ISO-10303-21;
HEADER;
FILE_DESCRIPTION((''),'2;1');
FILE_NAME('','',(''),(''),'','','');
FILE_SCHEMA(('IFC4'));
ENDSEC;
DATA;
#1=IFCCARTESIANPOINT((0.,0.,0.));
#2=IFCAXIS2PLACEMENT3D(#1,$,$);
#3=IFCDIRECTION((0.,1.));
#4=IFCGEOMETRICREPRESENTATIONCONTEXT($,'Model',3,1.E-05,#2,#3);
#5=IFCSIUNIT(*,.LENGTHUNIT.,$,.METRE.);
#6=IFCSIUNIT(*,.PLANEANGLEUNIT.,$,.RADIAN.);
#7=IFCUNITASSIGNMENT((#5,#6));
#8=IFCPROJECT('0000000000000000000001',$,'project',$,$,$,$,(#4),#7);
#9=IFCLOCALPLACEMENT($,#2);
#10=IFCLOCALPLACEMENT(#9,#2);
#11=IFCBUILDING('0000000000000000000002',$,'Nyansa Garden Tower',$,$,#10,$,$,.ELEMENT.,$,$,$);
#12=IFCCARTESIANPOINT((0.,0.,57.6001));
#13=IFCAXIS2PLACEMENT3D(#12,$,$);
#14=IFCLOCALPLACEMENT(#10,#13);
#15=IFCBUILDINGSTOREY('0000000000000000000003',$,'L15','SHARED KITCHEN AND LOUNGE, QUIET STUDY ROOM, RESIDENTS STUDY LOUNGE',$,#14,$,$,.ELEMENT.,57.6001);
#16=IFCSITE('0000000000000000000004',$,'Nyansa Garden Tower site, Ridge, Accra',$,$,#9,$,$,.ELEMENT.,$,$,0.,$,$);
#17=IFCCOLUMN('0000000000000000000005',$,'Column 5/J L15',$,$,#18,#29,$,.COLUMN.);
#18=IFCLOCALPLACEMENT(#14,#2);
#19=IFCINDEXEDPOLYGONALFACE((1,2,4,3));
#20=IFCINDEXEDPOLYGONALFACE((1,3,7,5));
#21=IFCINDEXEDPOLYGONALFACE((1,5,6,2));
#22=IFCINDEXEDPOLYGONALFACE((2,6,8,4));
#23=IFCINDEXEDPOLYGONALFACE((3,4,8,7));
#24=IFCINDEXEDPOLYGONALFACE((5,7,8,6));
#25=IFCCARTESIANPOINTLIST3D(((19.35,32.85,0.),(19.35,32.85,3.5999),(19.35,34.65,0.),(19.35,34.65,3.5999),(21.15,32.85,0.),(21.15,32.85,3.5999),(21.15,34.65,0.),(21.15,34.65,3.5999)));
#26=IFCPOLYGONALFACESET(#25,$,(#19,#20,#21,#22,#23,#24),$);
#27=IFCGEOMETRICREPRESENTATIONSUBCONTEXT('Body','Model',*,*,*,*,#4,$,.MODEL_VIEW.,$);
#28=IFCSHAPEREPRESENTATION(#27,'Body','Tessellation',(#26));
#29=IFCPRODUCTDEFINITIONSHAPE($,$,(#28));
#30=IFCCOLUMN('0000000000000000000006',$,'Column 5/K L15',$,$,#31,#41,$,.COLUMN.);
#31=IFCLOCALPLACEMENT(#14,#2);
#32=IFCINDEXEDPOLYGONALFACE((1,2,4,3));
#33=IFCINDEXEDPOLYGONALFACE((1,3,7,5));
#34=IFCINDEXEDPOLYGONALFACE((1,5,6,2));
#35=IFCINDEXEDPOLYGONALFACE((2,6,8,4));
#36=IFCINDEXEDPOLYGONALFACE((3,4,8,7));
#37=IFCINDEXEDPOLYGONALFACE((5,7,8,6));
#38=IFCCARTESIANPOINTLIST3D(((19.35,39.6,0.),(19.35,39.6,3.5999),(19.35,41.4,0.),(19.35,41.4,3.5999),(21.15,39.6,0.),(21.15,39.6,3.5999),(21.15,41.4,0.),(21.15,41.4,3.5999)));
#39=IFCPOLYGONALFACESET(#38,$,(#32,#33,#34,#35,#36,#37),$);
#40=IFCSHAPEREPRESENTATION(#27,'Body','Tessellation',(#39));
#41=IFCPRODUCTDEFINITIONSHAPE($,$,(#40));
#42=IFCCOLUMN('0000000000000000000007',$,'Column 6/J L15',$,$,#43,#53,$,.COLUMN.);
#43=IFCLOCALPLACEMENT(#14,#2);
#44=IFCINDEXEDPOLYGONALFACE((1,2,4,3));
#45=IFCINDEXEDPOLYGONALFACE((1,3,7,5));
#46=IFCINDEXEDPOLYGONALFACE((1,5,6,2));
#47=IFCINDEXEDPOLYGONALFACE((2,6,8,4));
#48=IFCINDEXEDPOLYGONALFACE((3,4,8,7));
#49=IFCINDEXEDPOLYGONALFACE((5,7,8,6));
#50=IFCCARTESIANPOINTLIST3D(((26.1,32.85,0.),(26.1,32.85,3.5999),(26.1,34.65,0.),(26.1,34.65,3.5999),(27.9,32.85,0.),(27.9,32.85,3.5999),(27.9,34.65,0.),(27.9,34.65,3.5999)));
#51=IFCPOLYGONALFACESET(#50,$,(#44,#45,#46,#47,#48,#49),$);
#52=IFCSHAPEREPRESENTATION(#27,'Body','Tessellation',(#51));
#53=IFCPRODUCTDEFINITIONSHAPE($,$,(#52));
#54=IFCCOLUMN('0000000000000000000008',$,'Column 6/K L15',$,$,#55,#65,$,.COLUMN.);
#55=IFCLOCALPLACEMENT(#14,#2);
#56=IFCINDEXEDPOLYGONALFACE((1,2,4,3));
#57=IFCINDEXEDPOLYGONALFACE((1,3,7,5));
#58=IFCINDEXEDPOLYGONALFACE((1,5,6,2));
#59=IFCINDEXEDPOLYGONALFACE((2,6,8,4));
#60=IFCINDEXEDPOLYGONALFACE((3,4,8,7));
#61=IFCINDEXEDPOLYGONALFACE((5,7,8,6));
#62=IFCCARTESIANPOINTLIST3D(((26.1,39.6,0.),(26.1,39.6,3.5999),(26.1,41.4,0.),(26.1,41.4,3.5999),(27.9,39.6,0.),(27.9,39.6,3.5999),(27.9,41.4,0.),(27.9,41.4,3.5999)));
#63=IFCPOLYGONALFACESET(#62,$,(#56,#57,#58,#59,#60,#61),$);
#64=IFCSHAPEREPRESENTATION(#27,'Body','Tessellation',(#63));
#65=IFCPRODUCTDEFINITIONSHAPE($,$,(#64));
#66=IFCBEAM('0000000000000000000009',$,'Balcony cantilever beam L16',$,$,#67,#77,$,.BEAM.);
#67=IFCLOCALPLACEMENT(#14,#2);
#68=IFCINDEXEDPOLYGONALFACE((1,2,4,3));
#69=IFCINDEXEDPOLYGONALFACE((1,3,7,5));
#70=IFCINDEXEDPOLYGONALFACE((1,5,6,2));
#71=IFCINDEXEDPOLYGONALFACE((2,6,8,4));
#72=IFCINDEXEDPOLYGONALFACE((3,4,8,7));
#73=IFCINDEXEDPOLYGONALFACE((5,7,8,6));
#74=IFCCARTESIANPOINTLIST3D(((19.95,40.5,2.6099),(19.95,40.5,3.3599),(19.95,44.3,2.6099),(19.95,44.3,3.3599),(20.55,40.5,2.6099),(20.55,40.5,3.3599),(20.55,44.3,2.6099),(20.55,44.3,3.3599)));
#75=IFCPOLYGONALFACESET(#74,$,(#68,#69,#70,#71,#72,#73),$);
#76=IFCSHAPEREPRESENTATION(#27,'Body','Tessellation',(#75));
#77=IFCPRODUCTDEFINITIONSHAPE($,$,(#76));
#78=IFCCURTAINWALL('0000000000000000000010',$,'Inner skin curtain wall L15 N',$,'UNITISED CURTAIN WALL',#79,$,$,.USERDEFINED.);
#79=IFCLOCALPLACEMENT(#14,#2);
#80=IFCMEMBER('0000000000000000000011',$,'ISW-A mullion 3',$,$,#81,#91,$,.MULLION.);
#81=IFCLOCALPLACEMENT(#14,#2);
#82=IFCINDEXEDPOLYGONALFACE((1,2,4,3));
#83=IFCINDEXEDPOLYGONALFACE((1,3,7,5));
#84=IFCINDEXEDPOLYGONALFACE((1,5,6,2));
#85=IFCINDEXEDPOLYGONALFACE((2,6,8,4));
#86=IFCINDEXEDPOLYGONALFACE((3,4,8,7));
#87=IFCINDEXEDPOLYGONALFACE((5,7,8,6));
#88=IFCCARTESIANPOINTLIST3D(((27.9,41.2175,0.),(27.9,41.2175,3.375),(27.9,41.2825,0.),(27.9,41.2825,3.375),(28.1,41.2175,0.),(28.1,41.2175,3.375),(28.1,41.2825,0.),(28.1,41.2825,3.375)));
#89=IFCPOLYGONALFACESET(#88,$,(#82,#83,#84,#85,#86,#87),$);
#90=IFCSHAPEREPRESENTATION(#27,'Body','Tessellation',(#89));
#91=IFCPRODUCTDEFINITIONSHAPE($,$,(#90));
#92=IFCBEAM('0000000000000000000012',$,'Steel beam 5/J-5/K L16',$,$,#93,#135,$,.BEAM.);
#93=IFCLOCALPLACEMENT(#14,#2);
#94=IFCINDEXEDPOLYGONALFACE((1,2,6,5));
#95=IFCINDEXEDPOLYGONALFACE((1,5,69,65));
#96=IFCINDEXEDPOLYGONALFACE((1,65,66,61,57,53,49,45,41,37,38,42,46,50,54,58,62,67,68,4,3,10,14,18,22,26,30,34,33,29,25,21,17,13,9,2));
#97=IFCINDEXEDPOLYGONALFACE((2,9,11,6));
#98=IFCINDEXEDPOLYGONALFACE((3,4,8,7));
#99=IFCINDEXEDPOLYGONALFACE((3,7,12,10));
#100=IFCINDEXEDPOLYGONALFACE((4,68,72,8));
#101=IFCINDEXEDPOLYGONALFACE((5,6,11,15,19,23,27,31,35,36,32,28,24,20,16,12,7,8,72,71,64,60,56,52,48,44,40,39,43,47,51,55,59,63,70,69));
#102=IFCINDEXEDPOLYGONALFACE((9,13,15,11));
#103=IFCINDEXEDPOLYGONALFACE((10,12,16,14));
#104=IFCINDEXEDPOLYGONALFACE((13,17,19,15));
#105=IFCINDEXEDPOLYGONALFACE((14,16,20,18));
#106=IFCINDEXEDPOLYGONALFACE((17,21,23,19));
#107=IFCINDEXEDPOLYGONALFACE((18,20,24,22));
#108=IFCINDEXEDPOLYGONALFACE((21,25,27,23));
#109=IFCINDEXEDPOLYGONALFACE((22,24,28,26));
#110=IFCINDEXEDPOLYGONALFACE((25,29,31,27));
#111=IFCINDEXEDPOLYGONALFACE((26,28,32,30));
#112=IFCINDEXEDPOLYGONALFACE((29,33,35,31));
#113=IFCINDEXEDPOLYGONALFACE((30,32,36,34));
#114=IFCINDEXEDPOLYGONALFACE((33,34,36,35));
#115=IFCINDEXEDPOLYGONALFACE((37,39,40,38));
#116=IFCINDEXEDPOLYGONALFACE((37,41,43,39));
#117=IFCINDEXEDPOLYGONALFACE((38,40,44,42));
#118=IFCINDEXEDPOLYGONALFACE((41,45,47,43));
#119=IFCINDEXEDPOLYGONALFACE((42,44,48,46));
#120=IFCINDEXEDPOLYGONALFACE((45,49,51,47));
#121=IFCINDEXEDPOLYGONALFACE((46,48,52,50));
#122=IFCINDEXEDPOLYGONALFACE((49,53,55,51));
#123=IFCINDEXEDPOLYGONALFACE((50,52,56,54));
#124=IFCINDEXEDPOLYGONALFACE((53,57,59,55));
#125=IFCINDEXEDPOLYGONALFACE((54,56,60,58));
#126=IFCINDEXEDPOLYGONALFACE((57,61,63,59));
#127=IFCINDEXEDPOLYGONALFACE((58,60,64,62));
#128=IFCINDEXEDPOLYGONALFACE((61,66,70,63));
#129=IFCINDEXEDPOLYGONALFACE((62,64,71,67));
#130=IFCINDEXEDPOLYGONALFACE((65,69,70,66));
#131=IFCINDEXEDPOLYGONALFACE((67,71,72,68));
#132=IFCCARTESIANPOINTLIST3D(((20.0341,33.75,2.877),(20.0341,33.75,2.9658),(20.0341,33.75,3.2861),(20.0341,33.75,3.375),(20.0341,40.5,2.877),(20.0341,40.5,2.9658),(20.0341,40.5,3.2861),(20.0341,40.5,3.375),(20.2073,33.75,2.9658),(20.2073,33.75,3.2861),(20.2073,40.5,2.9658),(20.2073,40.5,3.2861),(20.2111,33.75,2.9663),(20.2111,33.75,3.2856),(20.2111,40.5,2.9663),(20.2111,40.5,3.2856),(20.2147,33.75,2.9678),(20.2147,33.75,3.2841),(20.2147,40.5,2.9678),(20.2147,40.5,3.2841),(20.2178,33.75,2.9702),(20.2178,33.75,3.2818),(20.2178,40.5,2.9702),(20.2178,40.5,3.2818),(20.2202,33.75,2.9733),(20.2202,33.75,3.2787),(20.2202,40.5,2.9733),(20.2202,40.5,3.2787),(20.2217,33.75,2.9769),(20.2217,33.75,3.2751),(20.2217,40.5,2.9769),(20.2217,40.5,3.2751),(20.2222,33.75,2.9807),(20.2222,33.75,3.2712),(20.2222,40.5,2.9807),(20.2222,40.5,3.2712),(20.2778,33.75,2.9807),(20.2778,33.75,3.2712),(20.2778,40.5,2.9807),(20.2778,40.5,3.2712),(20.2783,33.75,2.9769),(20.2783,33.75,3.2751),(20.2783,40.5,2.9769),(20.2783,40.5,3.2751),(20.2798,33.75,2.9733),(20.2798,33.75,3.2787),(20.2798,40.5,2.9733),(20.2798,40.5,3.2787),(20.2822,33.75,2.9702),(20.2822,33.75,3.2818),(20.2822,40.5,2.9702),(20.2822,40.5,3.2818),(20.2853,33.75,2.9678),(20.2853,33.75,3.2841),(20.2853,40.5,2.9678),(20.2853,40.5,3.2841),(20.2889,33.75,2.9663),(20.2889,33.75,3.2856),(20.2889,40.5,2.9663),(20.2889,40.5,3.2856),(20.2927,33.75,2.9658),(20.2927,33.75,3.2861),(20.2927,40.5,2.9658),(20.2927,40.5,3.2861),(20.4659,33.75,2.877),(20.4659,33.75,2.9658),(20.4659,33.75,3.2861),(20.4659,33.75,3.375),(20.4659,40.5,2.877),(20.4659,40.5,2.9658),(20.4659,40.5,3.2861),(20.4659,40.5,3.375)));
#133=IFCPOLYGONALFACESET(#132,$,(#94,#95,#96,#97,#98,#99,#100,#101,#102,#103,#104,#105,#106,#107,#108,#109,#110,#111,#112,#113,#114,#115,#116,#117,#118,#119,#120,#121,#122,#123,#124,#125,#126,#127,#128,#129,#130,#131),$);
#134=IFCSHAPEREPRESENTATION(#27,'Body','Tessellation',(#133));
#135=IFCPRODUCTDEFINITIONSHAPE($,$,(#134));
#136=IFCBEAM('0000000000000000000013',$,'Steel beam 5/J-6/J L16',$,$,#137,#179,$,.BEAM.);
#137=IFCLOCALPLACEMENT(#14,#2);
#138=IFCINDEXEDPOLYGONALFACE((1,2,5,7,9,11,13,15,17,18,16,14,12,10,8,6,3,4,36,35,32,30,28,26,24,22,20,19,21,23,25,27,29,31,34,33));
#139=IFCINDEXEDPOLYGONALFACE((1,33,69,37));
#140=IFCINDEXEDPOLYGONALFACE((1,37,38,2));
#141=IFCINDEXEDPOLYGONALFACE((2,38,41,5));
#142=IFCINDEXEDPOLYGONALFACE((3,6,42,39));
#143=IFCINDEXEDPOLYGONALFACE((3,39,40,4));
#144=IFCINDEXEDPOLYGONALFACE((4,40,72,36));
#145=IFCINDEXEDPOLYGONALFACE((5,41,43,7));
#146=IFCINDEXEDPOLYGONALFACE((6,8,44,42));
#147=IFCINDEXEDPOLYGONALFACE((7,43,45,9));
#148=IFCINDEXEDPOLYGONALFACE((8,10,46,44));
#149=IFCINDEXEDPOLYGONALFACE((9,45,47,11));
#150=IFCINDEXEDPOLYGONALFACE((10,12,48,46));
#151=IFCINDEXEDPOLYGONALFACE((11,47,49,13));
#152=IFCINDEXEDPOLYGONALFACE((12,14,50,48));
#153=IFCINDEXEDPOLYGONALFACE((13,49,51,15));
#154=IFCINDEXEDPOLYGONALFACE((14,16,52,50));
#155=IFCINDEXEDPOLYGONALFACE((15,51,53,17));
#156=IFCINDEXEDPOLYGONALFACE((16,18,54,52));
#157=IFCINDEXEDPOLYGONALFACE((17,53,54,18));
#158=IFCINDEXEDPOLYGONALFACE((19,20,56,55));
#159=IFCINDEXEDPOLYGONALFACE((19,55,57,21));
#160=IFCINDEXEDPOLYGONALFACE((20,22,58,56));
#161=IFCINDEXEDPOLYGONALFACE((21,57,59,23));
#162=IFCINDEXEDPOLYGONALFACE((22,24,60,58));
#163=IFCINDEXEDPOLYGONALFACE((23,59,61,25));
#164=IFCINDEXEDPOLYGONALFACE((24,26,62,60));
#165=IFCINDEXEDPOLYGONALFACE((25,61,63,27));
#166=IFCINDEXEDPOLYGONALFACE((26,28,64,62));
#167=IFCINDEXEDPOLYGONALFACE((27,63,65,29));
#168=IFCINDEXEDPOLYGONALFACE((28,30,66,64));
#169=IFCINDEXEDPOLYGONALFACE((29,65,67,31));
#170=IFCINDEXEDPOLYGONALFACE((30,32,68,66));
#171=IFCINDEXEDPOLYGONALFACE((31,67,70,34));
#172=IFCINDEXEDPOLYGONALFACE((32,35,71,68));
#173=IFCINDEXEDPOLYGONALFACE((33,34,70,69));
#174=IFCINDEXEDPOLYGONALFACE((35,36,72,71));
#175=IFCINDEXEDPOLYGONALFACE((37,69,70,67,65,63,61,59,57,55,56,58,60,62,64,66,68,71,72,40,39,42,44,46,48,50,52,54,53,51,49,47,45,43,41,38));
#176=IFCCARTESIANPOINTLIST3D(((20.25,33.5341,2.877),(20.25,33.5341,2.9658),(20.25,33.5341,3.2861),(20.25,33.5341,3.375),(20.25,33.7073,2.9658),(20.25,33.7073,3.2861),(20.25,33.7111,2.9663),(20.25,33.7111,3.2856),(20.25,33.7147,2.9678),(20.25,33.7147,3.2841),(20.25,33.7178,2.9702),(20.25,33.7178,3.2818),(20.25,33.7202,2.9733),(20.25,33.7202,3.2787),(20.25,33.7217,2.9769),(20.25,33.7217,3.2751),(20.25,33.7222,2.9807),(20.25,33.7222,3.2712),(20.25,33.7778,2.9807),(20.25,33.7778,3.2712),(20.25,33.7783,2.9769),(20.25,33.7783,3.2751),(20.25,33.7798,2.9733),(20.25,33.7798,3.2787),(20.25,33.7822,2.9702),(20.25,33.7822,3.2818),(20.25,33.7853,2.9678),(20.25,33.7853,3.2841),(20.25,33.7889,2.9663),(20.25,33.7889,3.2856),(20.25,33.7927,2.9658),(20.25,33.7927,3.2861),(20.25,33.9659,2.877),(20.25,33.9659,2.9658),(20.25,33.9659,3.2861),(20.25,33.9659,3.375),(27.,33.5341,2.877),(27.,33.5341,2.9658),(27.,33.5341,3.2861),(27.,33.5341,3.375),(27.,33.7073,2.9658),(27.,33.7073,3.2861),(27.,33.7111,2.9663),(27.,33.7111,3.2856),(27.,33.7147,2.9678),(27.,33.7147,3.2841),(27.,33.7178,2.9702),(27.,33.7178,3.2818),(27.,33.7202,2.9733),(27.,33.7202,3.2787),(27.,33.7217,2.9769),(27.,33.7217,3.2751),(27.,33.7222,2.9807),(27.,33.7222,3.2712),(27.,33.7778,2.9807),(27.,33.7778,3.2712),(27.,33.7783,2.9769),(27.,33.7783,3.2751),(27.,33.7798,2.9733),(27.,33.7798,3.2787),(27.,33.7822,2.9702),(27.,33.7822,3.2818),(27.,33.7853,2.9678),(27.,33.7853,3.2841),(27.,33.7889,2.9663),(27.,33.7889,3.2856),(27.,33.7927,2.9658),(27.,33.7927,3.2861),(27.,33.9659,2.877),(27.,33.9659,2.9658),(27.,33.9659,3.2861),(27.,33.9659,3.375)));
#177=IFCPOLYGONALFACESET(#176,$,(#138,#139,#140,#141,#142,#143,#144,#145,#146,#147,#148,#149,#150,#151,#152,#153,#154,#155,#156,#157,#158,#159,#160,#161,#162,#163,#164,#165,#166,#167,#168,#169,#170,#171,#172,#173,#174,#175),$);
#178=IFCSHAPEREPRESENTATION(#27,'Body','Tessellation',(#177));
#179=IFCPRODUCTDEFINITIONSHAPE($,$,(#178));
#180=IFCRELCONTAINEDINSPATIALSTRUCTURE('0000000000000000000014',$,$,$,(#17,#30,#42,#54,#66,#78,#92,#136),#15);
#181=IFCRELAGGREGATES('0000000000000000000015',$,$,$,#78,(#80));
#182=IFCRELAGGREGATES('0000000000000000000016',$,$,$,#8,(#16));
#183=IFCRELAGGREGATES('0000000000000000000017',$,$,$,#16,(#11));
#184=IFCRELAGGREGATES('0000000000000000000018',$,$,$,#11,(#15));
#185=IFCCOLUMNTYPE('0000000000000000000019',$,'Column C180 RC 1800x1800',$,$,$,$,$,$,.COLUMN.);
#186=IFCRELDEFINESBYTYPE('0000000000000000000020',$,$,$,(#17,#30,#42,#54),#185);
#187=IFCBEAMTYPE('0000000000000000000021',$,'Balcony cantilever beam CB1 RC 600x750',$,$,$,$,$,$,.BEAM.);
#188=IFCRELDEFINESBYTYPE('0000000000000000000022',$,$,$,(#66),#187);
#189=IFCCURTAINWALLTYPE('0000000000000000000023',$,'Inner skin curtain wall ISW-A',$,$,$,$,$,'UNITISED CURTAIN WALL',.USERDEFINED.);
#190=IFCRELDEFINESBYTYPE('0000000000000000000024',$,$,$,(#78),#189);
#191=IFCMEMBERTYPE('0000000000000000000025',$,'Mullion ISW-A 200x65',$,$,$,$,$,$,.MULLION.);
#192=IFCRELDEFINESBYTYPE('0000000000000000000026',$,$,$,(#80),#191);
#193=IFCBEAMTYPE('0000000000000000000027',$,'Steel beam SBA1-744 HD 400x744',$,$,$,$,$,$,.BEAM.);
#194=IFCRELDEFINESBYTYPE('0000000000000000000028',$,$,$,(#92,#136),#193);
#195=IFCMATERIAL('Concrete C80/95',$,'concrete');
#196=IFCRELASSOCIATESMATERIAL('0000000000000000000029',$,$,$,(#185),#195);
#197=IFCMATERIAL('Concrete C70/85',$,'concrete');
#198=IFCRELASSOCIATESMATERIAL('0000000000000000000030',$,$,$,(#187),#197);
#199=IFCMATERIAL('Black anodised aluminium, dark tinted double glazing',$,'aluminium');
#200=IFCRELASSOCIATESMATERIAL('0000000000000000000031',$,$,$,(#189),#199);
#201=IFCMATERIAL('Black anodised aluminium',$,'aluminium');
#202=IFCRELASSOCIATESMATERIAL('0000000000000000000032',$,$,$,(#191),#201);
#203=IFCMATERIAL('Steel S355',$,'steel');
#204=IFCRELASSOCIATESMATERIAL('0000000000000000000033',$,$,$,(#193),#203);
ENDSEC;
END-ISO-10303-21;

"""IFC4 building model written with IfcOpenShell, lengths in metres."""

from ifc_helpers import new_model, si_unit, direction, frame, origin, origin_2d, place, context, subcontext, project, spatial, rectangle, i_section, extrude, material, material_profile, profile_set, type_object, element, aggregate, save


model = new_model("IFC4")

# Units and contexts
model_context = context("Model", 3, precision=1e-05, world=origin(), true_north=direction((0.0, 1.0)))
body_context = subcontext(model_context, "Body", "Model", "MODEL_VIEW")
ifc_project = project(units=[si_unit("LENGTHUNIT", "METRE"), si_unit("PLANEANGLEUNIT", "RADIAN")], contexts=[model_context])

# Site, building, storey
site_placement = place(None, origin())
site = spatial("IfcSite", under=ifc_project, at=site_placement, Name="Nyansa Garden Tower site, Ridge, Accra", CompositionType="ELEMENT", RefElevation=0.0)
building_placement = place(site_placement, origin())
building = spatial("IfcBuilding", under=site, at=building_placement, Name="Nyansa Garden Tower", CompositionType="ELEMENT")
storey_placement = place(building_placement, frame((0.0, 0.0, 57.6001)))
storey = spatial("IfcBuildingStorey", under=building, at=storey_placement, Name="L15", Description="SHARED KITCHEN AND LOUNGE, QUIET STUDY ROOM, RESIDENTS STUDY LOUNGE", CompositionType="ELEMENT", Elevation=57.6001)

# Columns
ifc_material_1 = material(Name="Concrete C80/95", Category="concrete")
ifc_material_profile_1 = material_profile(ifc_material_1, rectangle(XDim=1.8, YDim=1.8, at=origin_2d()), Name="RC 1800x1800")
ifc_profile_set_1 = profile_set([ifc_material_profile_1], Name="Concrete C80/95")
column_type = type_object("IfcColumnType", Name="Column C180 RC 1800x1800", PredefinedType="COLUMN", material=ifc_profile_set_1)
for number, where, z_axis, x_axis, name in (
    (1, (20.25, 33.75, 0.0), (0.0, 0.0, 1.0), (1.0, 0.0, 0.0), "Column 5/J L15"),
    (2, (20.25, 40.5, 0.0), (0.0, 0.0, 1.0), (1.0, 0.0, 0.0), "Column 5/K L15"),
    (3, (27.0, 33.75, 0.0), (0.0, 0.0, 1.0), (1.0, 0.0, 0.0), "Column 6/J L15"),
    (4, (27.0, 40.5, 0.0), (0.0, 0.0, 1.0), (1.0, 0.0, 0.0), "Column 6/K L15"),
):
    element("IfcColumn", number, at=place(storey_placement, frame(where, z_axis=z_axis, x_axis=x_axis)), inside=storey, type_object=column_type, Name=name, PredefinedType="COLUMN", context=body_context, shape_type="SweptSolid", body=[
        extrude(rectangle(XDim=1.8, YDim=1.8, at=origin_2d()), origin(), (0.0, 0.0, 1.0), 3.5999),
    ])

# Beam
ifc_material_2 = material(Name="Concrete C70/85", Category="concrete")
ifc_material_profile_2 = material_profile(ifc_material_2, rectangle(XDim=0.6001, YDim=0.75, at=origin_2d()), Name="RC 600x750")
ifc_profile_set_2 = profile_set([ifc_material_profile_2], Name="Concrete C70/85")
beam_type_1 = type_object("IfcBeamType", Name="Balcony cantilever beam CB1 RC 600x750", PredefinedType="BEAM", material=ifc_profile_set_2)
beam_placement = place(storey_placement, frame((20.25, 40.5, 2.9849), z_axis=(0.0, 1.0, 0.0), x_axis=(-1.0, 0.0, 0.0)))
element("IfcBeam", 5, at=beam_placement, inside=storey, type_object=beam_type_1, Name="Balcony cantilever beam L16", PredefinedType="BEAM", context=body_context, shape_type="SweptSolid", body=[
    extrude(rectangle(XDim=0.6001, YDim=0.75, at=origin_2d()), origin(), (0.0, 0.0, 1.0), 3.8),
])

# Curtain wall, member
ifc_material_3 = material(Name="Black anodised aluminium, dark tinted double glazing", Category="aluminium")
curtain_wall_type = type_object("IfcCurtainWallType", Name="Inner skin curtain wall ISW-A", ElementType="UNITISED CURTAIN WALL", PredefinedType="USERDEFINED", material=ifc_material_3)
curtain_wall_placement = place(storey_placement, origin())
curtain_wall = element("IfcCurtainWall", 6, at=curtain_wall_placement, inside=storey, type_object=curtain_wall_type, Name="Inner skin curtain wall L15 N", ObjectType="UNITISED CURTAIN WALL", PredefinedType="USERDEFINED")
ifc_material_4 = material(Name="Black anodised aluminium", Category="aluminium")
ifc_material_profile_3 = material_profile(ifc_material_4, rectangle(XDim=0.0649, YDim=0.2, at=origin_2d()), Name="Mullion 200x65")
ifc_profile_set_3 = profile_set([ifc_material_profile_3], Name="Black anodised aluminium")
member_type_1 = type_object("IfcMemberType", Name="Mullion ISW-A 200x65", PredefinedType="MULLION", material=ifc_profile_set_3)
member_1_placement = place(storey_placement, frame((28.0, 41.25, 0.0), z_axis=(0.0, 0.0, 1.0), x_axis=(0.0, -1.0, 0.0)))
member_1 = element("IfcMember", 7, at=member_1_placement, type_object=member_type_1, Name="ISW-A mullion 3", PredefinedType="MULLION", context=body_context, shape_type="SweptSolid", body=[
    extrude(rectangle(XDim=0.0649, YDim=0.2, at=origin_2d()), origin(), (0.0, 0.0, 1.0), 3.375),
])

# Beams
ifc_material_5 = material(Name="Steel S355", Category="steel")
ifc_material_profile_4 = material_profile(ifc_material_5, i_section(OverallWidth=0.4319, OverallDepth=0.498, WebThickness=0.0557, FlangeThickness=0.0889, FilletRadius=0.0149, at=origin_2d()), Name="HD 400x744")
ifc_profile_set_4 = profile_set([ifc_material_profile_4], Name="Steel S355")
beam_type_2 = type_object("IfcBeamType", Name="Steel beam SBA1-744 HD 400x744", PredefinedType="BEAM", material=ifc_profile_set_4)
for number, where, z_axis, x_axis, name in (
    (8, (20.25, 33.75, 3.126), (0.0, 1.0, 0.0), (-1.0, 0.0, 0.0), "Steel beam 5/J-5/K L16"),
    (9, (20.25, 33.75, 3.126), (1.0, 0.0, 0.0), (0.0, 1.0, 0.0), "Steel beam 5/J-6/J L16"),
):
    element("IfcBeam", number, at=place(storey_placement, frame(where, z_axis=z_axis, x_axis=x_axis)), inside=storey, type_object=beam_type_2, Name=name, PredefinedType="BEAM", context=body_context, shape_type="SweptSolid", body=[
        extrude(i_section(OverallWidth=0.4319, OverallDepth=0.498, WebThickness=0.0557, FlangeThickness=0.0889, FilletRadius=0.0149, at=origin_2d()), origin(), (0.0, 0.0, 1.0), 6.75),
    ])

aggregate(curtain_wall, [member_1])

save(model, "model.ifc")
